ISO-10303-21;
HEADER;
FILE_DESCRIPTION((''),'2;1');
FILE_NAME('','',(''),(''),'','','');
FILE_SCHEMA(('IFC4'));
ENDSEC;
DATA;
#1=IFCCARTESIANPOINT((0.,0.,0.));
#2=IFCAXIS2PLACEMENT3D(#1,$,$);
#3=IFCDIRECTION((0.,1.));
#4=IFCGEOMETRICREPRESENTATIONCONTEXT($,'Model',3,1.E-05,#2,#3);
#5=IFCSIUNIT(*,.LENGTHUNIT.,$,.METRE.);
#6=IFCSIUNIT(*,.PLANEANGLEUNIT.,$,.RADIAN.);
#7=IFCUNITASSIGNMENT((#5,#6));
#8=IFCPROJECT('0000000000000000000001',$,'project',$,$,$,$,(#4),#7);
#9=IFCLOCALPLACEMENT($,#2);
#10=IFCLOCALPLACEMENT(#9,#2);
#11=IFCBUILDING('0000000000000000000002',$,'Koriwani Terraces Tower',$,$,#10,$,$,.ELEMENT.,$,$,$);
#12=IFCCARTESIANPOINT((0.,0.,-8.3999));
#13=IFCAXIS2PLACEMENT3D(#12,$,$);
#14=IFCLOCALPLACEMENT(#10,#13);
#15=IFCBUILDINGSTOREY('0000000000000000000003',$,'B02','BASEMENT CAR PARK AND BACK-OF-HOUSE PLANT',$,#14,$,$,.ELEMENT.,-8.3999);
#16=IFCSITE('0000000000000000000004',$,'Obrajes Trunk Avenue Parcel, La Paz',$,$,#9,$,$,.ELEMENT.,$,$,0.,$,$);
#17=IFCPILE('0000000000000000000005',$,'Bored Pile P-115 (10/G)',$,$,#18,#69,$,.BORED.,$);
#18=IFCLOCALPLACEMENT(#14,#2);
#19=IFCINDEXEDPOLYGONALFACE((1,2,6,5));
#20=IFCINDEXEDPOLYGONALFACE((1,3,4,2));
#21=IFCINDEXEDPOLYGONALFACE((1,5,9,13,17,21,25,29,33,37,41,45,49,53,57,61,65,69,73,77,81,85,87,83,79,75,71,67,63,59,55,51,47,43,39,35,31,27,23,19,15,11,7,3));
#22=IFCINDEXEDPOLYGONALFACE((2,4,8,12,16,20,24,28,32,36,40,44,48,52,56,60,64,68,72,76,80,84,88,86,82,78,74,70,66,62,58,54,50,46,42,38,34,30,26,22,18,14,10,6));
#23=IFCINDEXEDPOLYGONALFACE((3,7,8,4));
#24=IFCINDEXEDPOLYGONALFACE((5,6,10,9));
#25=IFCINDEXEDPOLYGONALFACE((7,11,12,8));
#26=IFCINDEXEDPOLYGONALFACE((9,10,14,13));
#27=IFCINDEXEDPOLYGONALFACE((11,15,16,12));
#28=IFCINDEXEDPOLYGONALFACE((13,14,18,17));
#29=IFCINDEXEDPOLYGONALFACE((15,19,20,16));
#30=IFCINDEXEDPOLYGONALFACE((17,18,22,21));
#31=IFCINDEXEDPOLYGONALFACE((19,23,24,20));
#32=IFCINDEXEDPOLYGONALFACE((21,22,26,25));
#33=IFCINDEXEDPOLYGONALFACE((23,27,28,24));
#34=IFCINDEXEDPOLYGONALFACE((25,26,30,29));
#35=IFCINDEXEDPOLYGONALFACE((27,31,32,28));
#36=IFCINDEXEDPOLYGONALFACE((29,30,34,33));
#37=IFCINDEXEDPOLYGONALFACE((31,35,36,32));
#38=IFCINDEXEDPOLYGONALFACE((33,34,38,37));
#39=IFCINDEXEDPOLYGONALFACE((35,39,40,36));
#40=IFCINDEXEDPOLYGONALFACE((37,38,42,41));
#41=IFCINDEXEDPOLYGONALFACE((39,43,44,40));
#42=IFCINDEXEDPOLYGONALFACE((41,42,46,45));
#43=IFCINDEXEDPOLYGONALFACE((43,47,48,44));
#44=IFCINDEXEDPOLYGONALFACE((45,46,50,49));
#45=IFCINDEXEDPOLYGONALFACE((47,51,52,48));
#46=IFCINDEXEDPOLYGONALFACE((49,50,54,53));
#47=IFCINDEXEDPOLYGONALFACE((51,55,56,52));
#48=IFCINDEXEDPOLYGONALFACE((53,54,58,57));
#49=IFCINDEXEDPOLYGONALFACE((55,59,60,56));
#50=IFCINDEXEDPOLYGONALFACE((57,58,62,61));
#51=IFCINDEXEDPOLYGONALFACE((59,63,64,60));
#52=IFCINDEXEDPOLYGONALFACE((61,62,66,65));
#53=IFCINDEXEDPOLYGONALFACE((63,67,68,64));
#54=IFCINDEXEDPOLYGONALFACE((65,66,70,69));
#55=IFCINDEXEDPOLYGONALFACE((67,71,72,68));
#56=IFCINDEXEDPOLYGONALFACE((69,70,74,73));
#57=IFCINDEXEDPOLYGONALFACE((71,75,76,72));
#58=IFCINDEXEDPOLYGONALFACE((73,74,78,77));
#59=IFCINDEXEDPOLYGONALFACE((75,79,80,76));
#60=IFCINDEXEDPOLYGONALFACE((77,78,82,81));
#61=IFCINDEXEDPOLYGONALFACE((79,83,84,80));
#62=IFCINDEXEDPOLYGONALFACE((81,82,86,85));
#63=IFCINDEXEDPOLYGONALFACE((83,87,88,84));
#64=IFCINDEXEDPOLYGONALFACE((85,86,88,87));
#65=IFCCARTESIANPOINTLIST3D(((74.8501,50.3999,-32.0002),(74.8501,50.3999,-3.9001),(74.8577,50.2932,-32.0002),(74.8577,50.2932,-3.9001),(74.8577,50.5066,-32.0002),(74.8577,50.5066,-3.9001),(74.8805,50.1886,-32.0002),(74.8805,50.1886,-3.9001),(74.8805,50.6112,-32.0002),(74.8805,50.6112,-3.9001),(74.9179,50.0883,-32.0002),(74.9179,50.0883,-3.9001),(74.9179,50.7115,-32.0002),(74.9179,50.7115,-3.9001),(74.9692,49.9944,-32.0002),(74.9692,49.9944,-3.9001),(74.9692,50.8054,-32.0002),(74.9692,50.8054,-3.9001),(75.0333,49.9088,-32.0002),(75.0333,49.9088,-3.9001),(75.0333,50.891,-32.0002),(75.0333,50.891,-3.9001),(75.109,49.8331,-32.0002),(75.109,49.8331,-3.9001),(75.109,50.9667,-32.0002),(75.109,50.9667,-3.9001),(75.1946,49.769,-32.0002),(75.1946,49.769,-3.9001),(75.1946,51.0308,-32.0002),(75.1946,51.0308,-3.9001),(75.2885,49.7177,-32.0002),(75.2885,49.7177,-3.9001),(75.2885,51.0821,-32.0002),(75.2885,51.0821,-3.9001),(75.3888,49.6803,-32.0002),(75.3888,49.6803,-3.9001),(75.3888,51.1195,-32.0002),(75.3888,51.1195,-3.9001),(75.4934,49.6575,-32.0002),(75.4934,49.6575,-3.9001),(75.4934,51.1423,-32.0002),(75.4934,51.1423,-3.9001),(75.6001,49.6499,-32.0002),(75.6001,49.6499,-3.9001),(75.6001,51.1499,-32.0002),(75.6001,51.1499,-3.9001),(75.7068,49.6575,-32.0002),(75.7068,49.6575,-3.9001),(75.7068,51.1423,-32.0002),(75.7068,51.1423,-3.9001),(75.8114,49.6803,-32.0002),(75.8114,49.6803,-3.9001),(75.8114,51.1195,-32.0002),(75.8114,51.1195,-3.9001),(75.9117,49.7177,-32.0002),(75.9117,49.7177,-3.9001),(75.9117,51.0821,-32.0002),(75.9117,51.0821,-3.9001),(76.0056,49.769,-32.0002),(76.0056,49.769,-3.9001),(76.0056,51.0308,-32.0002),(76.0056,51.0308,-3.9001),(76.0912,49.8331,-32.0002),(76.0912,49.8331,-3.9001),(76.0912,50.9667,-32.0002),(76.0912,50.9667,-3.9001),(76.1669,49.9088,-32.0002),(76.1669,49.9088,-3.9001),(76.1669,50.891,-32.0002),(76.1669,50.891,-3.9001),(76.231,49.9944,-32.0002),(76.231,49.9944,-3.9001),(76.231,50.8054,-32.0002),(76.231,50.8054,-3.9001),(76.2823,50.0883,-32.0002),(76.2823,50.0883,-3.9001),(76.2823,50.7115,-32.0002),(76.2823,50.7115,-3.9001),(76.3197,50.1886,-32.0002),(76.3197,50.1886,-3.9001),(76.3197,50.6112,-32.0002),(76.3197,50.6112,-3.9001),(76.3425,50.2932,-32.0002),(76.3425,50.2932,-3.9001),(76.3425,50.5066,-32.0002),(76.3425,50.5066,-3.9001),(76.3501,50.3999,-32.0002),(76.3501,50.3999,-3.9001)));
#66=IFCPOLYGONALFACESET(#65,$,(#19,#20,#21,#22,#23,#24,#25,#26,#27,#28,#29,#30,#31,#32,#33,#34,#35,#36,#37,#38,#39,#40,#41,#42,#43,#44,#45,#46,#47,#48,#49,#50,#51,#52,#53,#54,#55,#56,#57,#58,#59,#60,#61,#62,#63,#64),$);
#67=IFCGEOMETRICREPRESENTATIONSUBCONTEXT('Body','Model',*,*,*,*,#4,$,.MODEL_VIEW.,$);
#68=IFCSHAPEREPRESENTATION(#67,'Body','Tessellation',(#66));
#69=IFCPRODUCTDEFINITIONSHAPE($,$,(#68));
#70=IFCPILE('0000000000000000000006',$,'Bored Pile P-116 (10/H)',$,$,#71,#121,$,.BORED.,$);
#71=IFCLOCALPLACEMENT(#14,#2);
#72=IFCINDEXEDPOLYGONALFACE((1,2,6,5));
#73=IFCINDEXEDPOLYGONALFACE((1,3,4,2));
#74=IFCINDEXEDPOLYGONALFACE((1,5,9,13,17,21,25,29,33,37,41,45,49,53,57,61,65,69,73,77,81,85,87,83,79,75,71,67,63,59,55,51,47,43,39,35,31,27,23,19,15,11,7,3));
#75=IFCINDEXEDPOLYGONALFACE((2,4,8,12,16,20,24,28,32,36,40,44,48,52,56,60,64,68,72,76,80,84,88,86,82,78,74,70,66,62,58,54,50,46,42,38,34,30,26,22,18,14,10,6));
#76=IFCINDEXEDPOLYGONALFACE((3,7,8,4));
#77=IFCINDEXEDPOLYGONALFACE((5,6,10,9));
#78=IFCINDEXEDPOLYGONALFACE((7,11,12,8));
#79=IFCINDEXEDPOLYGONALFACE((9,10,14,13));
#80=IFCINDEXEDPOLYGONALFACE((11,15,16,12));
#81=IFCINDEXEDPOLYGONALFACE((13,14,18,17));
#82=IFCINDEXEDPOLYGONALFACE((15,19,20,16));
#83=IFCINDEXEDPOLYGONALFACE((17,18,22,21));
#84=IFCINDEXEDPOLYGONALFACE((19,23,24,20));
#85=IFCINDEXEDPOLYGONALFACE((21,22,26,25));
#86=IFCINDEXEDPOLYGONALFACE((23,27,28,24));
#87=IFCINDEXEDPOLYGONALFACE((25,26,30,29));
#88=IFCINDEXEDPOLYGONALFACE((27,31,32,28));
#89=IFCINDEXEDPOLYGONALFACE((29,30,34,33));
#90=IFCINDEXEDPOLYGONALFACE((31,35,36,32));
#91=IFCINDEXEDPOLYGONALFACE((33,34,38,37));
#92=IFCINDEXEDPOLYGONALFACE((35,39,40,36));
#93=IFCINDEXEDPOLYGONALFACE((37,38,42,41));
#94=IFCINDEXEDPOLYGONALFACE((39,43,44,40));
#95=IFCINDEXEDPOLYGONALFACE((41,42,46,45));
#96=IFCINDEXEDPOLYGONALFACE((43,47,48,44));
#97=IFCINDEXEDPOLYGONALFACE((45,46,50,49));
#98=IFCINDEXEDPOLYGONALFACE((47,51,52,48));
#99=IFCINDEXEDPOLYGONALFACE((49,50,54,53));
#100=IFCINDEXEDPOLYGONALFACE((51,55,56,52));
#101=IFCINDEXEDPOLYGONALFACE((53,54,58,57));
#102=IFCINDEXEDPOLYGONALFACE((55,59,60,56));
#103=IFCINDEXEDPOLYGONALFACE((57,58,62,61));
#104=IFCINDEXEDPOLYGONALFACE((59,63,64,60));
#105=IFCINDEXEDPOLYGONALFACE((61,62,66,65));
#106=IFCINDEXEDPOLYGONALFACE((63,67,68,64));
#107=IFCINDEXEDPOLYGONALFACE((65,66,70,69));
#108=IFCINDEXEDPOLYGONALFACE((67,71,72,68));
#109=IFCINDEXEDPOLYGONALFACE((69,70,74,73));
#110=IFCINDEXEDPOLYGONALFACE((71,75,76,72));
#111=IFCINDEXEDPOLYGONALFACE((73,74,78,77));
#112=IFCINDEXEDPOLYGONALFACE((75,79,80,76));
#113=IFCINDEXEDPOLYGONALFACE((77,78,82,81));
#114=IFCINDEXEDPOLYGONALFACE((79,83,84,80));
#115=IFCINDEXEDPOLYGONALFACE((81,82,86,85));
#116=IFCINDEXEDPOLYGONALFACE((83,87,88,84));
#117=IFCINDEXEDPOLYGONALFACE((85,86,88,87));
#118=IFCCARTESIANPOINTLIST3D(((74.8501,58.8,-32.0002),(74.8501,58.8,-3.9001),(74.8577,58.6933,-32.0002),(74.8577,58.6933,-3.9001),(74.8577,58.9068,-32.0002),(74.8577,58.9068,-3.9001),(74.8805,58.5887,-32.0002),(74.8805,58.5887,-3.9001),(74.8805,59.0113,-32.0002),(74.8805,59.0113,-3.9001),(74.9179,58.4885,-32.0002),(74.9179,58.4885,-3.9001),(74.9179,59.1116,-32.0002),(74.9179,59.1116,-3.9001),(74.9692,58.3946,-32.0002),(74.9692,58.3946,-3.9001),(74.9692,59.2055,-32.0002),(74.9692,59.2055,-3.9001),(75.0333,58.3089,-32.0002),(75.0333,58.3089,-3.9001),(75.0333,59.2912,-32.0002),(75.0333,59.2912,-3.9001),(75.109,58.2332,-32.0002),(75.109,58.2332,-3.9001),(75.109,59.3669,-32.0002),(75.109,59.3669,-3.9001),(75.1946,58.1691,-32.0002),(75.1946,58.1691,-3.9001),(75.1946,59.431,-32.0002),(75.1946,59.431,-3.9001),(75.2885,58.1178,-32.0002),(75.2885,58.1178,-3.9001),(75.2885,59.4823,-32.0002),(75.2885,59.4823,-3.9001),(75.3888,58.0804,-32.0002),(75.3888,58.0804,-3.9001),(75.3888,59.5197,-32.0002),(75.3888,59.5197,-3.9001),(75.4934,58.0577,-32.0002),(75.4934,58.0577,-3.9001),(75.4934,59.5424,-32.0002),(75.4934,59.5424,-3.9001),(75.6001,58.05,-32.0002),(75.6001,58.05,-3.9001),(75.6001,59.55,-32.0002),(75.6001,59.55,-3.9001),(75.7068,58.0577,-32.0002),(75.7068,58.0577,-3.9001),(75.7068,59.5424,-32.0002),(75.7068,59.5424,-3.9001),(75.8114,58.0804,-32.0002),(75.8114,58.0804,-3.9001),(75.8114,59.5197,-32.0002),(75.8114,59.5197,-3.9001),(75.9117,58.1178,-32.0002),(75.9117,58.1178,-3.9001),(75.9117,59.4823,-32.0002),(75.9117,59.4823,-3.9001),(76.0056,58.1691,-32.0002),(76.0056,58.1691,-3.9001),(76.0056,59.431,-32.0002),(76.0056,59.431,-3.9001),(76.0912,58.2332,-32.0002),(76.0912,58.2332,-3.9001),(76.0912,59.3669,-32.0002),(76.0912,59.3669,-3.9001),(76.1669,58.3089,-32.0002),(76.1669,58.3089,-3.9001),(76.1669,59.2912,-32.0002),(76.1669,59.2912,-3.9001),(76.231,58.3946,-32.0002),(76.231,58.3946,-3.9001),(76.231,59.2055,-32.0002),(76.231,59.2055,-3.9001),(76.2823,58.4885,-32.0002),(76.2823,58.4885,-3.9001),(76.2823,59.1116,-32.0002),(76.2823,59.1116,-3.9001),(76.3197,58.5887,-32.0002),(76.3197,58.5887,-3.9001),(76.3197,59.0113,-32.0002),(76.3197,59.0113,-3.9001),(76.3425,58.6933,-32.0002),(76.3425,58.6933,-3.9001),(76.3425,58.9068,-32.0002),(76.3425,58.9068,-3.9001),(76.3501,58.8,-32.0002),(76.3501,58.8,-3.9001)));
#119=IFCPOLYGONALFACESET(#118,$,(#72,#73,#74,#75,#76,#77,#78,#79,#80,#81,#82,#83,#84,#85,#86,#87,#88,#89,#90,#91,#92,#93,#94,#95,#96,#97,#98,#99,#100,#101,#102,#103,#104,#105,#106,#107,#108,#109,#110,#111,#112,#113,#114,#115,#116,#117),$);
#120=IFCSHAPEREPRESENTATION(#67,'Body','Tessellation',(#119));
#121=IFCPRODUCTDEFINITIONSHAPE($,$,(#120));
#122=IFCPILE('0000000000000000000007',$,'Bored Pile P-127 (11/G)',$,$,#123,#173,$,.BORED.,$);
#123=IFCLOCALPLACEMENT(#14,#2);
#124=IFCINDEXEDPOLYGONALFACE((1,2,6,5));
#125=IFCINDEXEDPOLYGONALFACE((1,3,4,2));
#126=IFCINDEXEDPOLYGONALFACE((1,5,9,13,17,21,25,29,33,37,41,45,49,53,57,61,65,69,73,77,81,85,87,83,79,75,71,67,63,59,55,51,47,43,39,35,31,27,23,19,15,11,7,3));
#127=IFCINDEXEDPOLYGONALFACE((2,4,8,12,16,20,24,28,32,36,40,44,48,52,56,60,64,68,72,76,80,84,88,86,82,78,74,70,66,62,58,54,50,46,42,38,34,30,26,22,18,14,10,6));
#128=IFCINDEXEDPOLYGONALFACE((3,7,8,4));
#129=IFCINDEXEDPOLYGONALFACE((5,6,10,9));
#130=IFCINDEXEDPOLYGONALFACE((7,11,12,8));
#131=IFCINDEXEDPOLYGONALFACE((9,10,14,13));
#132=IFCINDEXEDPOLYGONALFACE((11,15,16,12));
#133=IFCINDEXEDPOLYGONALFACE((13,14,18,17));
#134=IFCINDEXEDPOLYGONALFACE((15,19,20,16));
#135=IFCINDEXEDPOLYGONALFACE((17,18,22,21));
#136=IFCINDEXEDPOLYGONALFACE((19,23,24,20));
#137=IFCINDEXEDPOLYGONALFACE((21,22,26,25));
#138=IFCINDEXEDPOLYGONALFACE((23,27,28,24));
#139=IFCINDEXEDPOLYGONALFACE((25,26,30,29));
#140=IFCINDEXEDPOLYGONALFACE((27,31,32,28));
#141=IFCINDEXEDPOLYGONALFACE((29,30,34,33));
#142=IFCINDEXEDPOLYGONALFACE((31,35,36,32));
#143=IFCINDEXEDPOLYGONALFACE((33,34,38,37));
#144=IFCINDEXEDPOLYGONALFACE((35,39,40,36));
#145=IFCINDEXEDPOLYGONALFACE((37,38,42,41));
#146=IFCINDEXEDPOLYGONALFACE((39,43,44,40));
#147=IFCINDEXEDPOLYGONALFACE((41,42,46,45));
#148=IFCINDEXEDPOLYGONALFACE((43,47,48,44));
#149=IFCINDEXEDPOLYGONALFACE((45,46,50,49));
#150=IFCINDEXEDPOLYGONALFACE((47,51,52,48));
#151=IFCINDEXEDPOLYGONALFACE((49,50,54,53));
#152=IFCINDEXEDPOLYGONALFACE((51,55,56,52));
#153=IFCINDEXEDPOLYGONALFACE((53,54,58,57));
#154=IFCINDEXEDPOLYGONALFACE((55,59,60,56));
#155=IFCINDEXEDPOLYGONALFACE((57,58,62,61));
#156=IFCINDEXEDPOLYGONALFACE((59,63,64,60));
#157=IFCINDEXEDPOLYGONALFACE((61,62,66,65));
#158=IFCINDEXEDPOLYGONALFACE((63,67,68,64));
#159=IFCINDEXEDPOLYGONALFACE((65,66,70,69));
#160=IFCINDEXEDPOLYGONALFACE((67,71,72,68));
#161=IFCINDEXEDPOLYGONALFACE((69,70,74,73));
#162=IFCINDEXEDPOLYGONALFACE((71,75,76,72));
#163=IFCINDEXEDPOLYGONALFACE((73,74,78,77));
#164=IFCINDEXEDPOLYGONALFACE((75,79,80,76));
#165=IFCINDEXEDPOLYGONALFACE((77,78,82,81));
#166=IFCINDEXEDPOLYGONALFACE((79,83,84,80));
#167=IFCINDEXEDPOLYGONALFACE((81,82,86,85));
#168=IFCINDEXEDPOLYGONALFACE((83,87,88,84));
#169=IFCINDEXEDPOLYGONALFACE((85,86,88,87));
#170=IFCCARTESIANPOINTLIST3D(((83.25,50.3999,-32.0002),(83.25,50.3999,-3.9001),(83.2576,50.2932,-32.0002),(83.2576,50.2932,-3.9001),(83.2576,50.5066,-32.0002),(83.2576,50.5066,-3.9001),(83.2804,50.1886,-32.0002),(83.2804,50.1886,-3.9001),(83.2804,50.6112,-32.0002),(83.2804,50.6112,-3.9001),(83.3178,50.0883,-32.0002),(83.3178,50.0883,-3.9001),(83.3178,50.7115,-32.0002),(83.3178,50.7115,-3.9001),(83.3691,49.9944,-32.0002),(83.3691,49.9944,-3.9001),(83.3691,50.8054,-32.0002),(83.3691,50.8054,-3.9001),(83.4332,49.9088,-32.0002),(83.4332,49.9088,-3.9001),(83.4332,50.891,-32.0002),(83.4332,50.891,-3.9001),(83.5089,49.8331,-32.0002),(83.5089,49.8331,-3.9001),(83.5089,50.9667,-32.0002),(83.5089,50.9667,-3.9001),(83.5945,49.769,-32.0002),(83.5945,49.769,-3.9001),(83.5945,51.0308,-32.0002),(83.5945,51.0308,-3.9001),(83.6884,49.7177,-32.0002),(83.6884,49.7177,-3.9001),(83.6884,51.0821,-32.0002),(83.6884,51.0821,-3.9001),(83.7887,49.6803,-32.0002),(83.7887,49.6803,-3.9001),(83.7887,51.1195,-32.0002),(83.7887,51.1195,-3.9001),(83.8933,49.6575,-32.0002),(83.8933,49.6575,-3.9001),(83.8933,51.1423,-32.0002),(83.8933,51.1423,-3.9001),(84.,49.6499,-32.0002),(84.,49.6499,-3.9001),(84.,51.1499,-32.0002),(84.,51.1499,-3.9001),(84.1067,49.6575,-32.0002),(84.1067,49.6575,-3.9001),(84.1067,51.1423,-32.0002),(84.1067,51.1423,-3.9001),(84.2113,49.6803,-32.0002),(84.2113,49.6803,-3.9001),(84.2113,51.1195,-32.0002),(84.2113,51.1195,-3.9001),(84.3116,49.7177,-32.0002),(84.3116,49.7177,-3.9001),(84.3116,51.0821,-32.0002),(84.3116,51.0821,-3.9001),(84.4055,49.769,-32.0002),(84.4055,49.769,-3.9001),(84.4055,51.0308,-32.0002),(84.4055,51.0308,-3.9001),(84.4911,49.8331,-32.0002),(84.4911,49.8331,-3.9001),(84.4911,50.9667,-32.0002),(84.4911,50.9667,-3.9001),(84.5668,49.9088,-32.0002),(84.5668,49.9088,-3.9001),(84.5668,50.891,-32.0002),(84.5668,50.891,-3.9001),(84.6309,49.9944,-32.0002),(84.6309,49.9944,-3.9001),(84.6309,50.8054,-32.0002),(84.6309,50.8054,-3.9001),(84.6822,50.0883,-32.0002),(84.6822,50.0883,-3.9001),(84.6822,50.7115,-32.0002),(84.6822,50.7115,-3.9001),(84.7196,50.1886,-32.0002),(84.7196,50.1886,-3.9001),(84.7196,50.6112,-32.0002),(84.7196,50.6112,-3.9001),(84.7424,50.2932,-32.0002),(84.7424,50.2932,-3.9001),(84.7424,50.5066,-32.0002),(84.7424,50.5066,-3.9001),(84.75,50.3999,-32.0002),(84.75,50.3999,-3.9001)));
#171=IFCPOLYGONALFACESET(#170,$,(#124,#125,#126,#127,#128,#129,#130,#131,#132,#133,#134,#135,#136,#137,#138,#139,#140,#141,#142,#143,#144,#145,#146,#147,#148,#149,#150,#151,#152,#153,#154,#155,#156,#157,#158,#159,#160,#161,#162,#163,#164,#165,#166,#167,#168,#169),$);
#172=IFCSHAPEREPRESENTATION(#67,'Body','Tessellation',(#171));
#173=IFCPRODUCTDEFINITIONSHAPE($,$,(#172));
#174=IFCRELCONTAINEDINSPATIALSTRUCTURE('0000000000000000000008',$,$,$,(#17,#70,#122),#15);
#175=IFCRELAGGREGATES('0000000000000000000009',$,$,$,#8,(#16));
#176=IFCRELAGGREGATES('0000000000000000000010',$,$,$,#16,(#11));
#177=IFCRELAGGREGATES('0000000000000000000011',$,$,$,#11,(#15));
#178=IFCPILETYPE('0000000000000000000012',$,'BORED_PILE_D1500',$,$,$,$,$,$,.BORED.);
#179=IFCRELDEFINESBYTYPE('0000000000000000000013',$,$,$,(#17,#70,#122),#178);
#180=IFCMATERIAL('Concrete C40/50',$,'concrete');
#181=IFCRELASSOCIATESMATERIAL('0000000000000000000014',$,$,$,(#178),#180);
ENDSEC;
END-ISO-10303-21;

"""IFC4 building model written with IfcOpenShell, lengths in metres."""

from ifc_helpers import new_model, si_unit, direction, frame, origin, origin_2d, place, context, subcontext, project, spatial, circle, extrude, material, material_profile, profile_set, type_object, element, save


model = new_model("IFC4")

# Units and contexts
model_context = context("Model", 3, precision=1e-05, world=origin(), true_north=direction((0.0, 1.0)))
body_context = subcontext(model_context, "Body", "Model", "MODEL_VIEW")
ifc_project = project(units=[si_unit("LENGTHUNIT", "METRE"), si_unit("PLANEANGLEUNIT", "RADIAN")], contexts=[model_context])

# Site, building, storey
site_placement = place(None, origin())
site = spatial("IfcSite", under=ifc_project, at=site_placement, Name="Obrajes Trunk Avenue Parcel, La Paz", CompositionType="ELEMENT", RefElevation=0.0)
building_placement = place(site_placement, origin())
building = spatial("IfcBuilding", under=site, at=building_placement, Name="Koriwani Terraces Tower", CompositionType="ELEMENT")
storey_placement = place(building_placement, frame((0.0, 0.0, -8.3999)))
storey = spatial("IfcBuildingStorey", under=building, at=storey_placement, Name="B02", Description="BASEMENT CAR PARK AND BACK-OF-HOUSE PLANT", CompositionType="ELEMENT", Elevation=-8.3999)

# Piles
ifc_material_1 = material(Name="Concrete C40/50", Category="concrete")
ifc_material_profile_1 = material_profile(ifc_material_1, circle(Radius=0.75, at=origin_2d()), Name="Concrete C40/50")
ifc_profile_set_1 = profile_set([ifc_material_profile_1], Name="Concrete C40/50")
pile_type_1 = type_object("IfcPileType", Name="BORED_PILE_D1500", PredefinedType="BORED", material=ifc_profile_set_1)
for number, where, z_axis, x_axis, name in (
    (1, (75.6001, 50.3999, -3.9001), (0.0, 0.0, -1.0), (1.0, 0.0, 0.0), "Bored Pile P-115 (10/G)"),
    (2, (75.6001, 58.8, -3.9001), (0.0, 0.0, -1.0), (1.0, 0.0, 0.0), "Bored Pile P-116 (10/H)"),
    (3, (84.0, 50.3999, -3.9001), (0.0, 0.0, -1.0), (1.0, 0.0, 0.0), "Bored Pile P-127 (11/G)"),
):
    element("IfcPile", number, at=place(storey_placement, frame(where, z_axis=z_axis, x_axis=x_axis)), inside=storey, type_object=pile_type_1, Name=name, PredefinedType="BORED", context=body_context, shape_type="SweptSolid", body=[
        extrude(circle(Radius=0.75, at=origin_2d()), origin(), (0.0, 0.0, 1.0), 28.1001),
    ])

save(model, "model.ifc")
